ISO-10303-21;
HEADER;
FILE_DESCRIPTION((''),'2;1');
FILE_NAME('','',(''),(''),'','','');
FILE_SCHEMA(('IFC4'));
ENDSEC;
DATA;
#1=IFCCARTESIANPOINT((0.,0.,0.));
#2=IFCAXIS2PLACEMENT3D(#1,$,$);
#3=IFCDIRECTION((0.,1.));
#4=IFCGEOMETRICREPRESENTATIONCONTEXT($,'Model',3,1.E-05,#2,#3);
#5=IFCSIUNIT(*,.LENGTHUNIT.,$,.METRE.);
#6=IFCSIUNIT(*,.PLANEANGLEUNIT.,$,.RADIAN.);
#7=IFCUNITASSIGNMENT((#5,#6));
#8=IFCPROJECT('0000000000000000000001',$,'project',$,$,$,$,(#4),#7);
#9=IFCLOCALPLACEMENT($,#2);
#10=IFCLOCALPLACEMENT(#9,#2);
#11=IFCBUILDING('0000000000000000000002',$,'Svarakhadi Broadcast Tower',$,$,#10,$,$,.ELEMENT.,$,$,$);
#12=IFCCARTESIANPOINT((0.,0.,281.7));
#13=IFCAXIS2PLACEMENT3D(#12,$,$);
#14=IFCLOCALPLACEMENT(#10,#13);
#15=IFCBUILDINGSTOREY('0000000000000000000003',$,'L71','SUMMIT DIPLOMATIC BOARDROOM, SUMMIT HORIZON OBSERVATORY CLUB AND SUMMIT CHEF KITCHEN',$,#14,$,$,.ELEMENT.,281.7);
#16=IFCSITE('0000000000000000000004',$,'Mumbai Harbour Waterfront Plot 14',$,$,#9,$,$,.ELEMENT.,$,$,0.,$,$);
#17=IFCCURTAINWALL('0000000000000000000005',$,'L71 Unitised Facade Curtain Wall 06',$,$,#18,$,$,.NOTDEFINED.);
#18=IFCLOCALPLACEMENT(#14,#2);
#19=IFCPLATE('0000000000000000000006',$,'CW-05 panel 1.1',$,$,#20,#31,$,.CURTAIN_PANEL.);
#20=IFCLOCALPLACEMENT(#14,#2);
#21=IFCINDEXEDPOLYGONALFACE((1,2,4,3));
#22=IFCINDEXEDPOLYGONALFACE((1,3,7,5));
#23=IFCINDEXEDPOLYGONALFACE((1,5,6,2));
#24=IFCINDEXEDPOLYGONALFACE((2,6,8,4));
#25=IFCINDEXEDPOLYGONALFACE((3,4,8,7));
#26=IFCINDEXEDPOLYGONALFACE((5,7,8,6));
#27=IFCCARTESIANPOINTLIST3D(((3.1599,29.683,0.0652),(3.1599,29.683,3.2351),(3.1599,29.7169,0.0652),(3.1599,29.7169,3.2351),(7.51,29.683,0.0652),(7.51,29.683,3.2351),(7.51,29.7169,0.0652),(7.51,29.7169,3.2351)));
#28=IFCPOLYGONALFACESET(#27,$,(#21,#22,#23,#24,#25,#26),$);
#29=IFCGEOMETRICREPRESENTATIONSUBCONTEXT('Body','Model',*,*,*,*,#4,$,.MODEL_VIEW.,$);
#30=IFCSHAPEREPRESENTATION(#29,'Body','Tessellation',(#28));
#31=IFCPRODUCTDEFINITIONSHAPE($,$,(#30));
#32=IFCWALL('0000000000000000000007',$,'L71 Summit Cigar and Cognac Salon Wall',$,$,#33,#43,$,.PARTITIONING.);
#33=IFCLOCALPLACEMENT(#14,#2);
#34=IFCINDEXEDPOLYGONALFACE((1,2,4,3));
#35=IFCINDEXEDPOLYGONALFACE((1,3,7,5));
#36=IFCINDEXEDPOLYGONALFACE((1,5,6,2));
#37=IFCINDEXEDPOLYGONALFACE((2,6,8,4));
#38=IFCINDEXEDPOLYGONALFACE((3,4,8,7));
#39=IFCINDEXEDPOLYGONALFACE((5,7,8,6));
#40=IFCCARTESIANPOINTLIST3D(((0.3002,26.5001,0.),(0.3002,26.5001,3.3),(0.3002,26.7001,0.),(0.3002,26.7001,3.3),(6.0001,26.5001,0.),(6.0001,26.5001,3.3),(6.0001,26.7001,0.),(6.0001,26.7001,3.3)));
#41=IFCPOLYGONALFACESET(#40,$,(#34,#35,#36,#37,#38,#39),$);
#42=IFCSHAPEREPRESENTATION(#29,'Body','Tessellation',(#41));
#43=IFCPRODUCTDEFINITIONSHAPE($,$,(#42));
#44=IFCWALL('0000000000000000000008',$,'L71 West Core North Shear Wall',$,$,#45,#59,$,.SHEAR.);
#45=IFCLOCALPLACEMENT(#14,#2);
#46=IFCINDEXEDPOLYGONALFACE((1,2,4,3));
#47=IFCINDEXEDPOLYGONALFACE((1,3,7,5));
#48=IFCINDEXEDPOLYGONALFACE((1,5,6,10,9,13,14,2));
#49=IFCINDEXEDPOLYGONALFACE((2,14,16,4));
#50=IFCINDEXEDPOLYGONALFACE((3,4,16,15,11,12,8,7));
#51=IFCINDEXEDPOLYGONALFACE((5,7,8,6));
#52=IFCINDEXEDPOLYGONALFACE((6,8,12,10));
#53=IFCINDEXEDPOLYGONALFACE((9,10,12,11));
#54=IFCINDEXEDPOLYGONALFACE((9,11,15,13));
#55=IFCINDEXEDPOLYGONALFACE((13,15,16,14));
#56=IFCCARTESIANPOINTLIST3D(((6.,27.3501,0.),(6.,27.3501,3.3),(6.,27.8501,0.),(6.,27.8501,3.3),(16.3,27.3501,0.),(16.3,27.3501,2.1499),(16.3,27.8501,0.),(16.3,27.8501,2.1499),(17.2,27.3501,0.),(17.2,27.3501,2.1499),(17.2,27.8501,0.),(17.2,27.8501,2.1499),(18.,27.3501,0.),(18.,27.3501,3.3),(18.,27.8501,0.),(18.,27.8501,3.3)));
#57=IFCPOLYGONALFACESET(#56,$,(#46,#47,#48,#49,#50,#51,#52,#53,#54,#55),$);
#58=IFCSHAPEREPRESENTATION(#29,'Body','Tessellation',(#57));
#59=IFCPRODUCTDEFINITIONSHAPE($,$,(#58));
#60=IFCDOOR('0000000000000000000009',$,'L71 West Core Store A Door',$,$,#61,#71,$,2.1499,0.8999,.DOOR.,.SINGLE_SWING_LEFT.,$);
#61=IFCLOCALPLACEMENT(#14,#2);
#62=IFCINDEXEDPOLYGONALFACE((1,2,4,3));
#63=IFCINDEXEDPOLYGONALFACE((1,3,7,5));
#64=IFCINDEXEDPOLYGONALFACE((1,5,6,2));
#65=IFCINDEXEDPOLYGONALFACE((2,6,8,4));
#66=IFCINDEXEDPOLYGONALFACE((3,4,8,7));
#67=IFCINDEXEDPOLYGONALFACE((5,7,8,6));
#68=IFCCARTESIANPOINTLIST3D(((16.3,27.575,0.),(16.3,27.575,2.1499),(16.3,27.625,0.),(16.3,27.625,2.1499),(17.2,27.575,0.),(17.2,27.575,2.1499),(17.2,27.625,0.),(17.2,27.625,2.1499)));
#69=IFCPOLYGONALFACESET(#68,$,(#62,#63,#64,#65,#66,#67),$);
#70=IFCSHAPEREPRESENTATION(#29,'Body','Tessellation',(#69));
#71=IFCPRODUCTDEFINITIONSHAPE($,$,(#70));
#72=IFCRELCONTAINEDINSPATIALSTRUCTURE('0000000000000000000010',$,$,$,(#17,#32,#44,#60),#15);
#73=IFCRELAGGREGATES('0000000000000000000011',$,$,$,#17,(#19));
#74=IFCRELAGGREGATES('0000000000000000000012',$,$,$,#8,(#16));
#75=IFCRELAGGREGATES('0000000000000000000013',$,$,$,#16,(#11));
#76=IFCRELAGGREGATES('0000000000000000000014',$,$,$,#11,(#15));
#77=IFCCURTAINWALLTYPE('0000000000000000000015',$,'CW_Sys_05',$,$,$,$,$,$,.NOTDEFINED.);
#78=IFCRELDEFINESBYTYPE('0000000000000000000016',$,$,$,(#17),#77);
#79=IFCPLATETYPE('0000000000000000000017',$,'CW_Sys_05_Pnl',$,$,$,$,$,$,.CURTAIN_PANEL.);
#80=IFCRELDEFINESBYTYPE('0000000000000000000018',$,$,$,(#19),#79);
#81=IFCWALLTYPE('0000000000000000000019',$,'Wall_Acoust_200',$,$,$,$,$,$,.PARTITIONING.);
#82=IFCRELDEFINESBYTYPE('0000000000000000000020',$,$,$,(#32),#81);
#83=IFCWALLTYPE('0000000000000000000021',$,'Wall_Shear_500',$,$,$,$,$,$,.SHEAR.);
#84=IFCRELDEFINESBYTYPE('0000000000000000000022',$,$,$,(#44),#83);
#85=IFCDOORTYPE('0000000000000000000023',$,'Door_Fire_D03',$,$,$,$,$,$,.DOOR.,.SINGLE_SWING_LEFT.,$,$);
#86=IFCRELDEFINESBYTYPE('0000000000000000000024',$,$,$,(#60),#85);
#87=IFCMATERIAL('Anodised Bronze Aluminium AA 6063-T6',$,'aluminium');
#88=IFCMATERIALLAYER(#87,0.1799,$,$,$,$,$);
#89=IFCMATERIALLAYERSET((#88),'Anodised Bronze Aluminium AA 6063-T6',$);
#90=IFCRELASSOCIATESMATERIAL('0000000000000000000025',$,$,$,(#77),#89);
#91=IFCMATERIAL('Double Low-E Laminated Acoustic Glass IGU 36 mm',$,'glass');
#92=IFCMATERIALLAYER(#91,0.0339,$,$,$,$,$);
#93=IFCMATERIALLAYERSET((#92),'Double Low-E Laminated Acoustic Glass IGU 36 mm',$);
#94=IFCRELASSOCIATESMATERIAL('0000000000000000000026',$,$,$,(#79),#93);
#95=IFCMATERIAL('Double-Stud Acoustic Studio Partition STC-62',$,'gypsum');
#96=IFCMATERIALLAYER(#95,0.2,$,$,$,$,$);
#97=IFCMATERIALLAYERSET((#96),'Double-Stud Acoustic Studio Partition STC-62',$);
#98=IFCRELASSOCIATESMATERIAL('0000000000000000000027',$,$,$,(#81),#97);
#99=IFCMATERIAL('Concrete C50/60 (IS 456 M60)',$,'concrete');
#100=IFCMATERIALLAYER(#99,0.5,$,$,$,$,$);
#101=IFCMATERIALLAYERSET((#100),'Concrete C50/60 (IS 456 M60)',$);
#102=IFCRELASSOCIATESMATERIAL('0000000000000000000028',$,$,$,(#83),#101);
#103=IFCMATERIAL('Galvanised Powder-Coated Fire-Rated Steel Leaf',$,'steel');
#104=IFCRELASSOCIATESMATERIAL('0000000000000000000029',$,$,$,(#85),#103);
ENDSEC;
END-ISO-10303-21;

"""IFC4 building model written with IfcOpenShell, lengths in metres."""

from ifc_helpers import new_model, si_unit, direction, frame, frame_2d, origin, origin_2d, place, context, subcontext, project, spatial, rectangle, extrude, material, layer, layer_set, type_object, element, fill, aggregate, save


model = new_model("IFC4")

# Units and contexts
model_context = context("Model", 3, precision=1e-05, world=origin(), true_north=direction((0.0, 1.0)))
body_context = subcontext(model_context, "Body", "Model", "MODEL_VIEW")
ifc_project = project(units=[si_unit("LENGTHUNIT", "METRE"), si_unit("PLANEANGLEUNIT", "RADIAN")], contexts=[model_context])

# Site, building, storey
site_placement = place(None, origin())
site = spatial("IfcSite", under=ifc_project, at=site_placement, Name="Mumbai Harbour Waterfront Plot 14", CompositionType="ELEMENT", RefElevation=0.0)
building_placement = place(site_placement, origin())
building = spatial("IfcBuilding", under=site, at=building_placement, Name="Svarakhadi Broadcast Tower", CompositionType="ELEMENT")
storey_placement = place(building_placement, frame((0.0, 0.0, 281.7)))
storey = spatial("IfcBuildingStorey", under=building, at=storey_placement, Name="L71", Description="SUMMIT DIPLOMATIC BOARDROOM, SUMMIT HORIZON OBSERVATORY CLUB AND SUMMIT CHEF KITCHEN", CompositionType="ELEMENT", Elevation=281.7)

# Shared definitions
ifc_material_1 = material(Name="Concrete C50/60 (IS 456 M60)", Category="concrete")

# Shared definitions
ifc_material_2 = material(Name="Anodised Bronze Aluminium AA 6063-T6", Category="aluminium")
ifc_layer_1 = layer(ifc_material_2, 0.1799)
ifc_layer_set_1 = layer_set([ifc_layer_1], Name="Anodised Bronze Aluminium AA 6063-T6")
curtain_wall_type = type_object("IfcCurtainWallType", Name="CW_Sys_05", PredefinedType="NOTDEFINED", material=ifc_layer_set_1)

# Curtain wall
curtain_wall_1_placement = place(storey_placement, origin())
curtain_wall_1 = element("IfcCurtainWall", 1, at=curtain_wall_1_placement, inside=storey, type_object=curtain_wall_type, Name="L71 Unitised Facade Curtain Wall 06", PredefinedType="NOTDEFINED")

# Plate
ifc_material_3 = material(Name="Double Low-E Laminated Acoustic Glass IGU 36 mm", Category="glass")
ifc_layer_2 = layer(ifc_material_3, 0.0339)
ifc_layer_set_2 = layer_set([ifc_layer_2], Name="Double Low-E Laminated Acoustic Glass IGU 36 mm")
plate_type = type_object("IfcPlateType", Name="CW_Sys_05_Pnl", PredefinedType="CURTAIN_PANEL", material=ifc_layer_set_2)
plate_1_placement = place(storey_placement, frame((5.335, 29.7, 0.0652), z_axis=(0.0, 0.0, 1.0), x_axis=(1.0, 0.0, 0.0)))
plate_1 = element("IfcPlate", 2, at=plate_1_placement, type_object=plate_type, Name="CW-05 panel 1.1", PredefinedType="CURTAIN_PANEL", context=body_context, shape_type="SweptSolid", body=[
    extrude(rectangle(XDim=4.3501, YDim=0.0339, at=origin_2d()), origin(), (0.0, 0.0, 1.0), 3.1699),
])
aggregate(curtain_wall_1, [plate_1])

# Wall
ifc_material_4 = material(Name="Double-Stud Acoustic Studio Partition STC-62", Category="gypsum")
ifc_layer_3 = layer(ifc_material_4, 0.2)
ifc_layer_set_3 = layer_set([ifc_layer_3], Name="Double-Stud Acoustic Studio Partition STC-62")
wall_type_1 = type_object("IfcWallType", Name="Wall_Acoust_200", PredefinedType="PARTITIONING", material=ifc_layer_set_3)
wall_1_placement = place(storey_placement, frame((0.3, 26.6001, 0.0), z_axis=(0.0, 0.0, 1.0), x_axis=(1.0, 0.0, 0.0)))
element("IfcWall", 3, at=wall_1_placement, inside=storey, type_object=wall_type_1, Name="L71 Summit Cigar and Cognac Salon Wall", PredefinedType="PARTITIONING", context=body_context, shape_type="SweptSolid", body=[
    extrude(rectangle(XDim=5.7, YDim=0.2, at=frame_2d((2.8501, 0.0))), origin(), (0.0, 0.0, 1.0), 3.3),
])

# Wall, opening, door
ifc_layer_4 = layer(ifc_material_1, 0.5)
ifc_layer_set_4 = layer_set([ifc_layer_4], Name="Concrete C50/60 (IS 456 M60)")
wall_type_2 = type_object("IfcWallType", Name="Wall_Shear_500", PredefinedType="SHEAR", material=ifc_layer_set_4)
wall_2_placement = place(storey_placement, frame((6.0, 27.6001, 0.0), z_axis=(0.0, 0.0, 1.0), x_axis=(1.0, 0.0, 0.0)))
wall_2 = element("IfcWall", 4, at=wall_2_placement, inside=storey, type_object=wall_type_2, Name="L71 West Core North Shear Wall", PredefinedType="SHEAR", context=body_context, shape_type="SweptSolid", body=[
    extrude(rectangle(XDim=12.0, YDim=0.5, at=frame_2d((6.0, 0.0))), origin(), (0.0, 0.0, 1.0), 3.3),
])
opening_placement = place(wall_2_placement, frame((10.3, 0.0, 0.0)))
opening = element("IfcOpeningElement", 5, at=opening_placement, cuts=wall_2, PredefinedType="OPENING", context=body_context, shape_type="SweptSolid", body=[
    extrude(rectangle(XDim=0.8999, YDim=2.1499, at=frame_2d((0.45, 1.075))), frame((0.0, 0.26, 0.0), z_axis=(0.0, -1.0, 0.0), x_axis=(1.0, 0.0, 0.0)), (0.0, 0.0, 1.0), 0.52),
])
ifc_material_5 = material(Name="Galvanised Powder-Coated Fire-Rated Steel Leaf", Category="steel")
door_type = type_object("IfcDoorType", Name="Door_Fire_D03", OperationType="SINGLE_SWING_LEFT", PredefinedType="DOOR", material=ifc_material_5)
door_placement = place(opening_placement, origin())
door = element("IfcDoor", 6, at=door_placement, inside=storey, type_object=door_type, Name="L71 West Core Store A Door", OperationType="SINGLE_SWING_LEFT", OverallHeight=2.1499, OverallWidth=0.8999, PredefinedType="DOOR", context=body_context, shape_type="SweptSolid", body=[
    extrude(rectangle(XDim=0.8999, YDim=2.1499, at=frame_2d((0.45, 1.075))), frame((0.0, 0.0249, 0.0), z_axis=(0.0, -1.0, 0.0), x_axis=(1.0, 0.0, 0.0)), (0.0, 0.0, 1.0), 0.05),
])
fill(opening, door)

save(model, "model.ifc")
